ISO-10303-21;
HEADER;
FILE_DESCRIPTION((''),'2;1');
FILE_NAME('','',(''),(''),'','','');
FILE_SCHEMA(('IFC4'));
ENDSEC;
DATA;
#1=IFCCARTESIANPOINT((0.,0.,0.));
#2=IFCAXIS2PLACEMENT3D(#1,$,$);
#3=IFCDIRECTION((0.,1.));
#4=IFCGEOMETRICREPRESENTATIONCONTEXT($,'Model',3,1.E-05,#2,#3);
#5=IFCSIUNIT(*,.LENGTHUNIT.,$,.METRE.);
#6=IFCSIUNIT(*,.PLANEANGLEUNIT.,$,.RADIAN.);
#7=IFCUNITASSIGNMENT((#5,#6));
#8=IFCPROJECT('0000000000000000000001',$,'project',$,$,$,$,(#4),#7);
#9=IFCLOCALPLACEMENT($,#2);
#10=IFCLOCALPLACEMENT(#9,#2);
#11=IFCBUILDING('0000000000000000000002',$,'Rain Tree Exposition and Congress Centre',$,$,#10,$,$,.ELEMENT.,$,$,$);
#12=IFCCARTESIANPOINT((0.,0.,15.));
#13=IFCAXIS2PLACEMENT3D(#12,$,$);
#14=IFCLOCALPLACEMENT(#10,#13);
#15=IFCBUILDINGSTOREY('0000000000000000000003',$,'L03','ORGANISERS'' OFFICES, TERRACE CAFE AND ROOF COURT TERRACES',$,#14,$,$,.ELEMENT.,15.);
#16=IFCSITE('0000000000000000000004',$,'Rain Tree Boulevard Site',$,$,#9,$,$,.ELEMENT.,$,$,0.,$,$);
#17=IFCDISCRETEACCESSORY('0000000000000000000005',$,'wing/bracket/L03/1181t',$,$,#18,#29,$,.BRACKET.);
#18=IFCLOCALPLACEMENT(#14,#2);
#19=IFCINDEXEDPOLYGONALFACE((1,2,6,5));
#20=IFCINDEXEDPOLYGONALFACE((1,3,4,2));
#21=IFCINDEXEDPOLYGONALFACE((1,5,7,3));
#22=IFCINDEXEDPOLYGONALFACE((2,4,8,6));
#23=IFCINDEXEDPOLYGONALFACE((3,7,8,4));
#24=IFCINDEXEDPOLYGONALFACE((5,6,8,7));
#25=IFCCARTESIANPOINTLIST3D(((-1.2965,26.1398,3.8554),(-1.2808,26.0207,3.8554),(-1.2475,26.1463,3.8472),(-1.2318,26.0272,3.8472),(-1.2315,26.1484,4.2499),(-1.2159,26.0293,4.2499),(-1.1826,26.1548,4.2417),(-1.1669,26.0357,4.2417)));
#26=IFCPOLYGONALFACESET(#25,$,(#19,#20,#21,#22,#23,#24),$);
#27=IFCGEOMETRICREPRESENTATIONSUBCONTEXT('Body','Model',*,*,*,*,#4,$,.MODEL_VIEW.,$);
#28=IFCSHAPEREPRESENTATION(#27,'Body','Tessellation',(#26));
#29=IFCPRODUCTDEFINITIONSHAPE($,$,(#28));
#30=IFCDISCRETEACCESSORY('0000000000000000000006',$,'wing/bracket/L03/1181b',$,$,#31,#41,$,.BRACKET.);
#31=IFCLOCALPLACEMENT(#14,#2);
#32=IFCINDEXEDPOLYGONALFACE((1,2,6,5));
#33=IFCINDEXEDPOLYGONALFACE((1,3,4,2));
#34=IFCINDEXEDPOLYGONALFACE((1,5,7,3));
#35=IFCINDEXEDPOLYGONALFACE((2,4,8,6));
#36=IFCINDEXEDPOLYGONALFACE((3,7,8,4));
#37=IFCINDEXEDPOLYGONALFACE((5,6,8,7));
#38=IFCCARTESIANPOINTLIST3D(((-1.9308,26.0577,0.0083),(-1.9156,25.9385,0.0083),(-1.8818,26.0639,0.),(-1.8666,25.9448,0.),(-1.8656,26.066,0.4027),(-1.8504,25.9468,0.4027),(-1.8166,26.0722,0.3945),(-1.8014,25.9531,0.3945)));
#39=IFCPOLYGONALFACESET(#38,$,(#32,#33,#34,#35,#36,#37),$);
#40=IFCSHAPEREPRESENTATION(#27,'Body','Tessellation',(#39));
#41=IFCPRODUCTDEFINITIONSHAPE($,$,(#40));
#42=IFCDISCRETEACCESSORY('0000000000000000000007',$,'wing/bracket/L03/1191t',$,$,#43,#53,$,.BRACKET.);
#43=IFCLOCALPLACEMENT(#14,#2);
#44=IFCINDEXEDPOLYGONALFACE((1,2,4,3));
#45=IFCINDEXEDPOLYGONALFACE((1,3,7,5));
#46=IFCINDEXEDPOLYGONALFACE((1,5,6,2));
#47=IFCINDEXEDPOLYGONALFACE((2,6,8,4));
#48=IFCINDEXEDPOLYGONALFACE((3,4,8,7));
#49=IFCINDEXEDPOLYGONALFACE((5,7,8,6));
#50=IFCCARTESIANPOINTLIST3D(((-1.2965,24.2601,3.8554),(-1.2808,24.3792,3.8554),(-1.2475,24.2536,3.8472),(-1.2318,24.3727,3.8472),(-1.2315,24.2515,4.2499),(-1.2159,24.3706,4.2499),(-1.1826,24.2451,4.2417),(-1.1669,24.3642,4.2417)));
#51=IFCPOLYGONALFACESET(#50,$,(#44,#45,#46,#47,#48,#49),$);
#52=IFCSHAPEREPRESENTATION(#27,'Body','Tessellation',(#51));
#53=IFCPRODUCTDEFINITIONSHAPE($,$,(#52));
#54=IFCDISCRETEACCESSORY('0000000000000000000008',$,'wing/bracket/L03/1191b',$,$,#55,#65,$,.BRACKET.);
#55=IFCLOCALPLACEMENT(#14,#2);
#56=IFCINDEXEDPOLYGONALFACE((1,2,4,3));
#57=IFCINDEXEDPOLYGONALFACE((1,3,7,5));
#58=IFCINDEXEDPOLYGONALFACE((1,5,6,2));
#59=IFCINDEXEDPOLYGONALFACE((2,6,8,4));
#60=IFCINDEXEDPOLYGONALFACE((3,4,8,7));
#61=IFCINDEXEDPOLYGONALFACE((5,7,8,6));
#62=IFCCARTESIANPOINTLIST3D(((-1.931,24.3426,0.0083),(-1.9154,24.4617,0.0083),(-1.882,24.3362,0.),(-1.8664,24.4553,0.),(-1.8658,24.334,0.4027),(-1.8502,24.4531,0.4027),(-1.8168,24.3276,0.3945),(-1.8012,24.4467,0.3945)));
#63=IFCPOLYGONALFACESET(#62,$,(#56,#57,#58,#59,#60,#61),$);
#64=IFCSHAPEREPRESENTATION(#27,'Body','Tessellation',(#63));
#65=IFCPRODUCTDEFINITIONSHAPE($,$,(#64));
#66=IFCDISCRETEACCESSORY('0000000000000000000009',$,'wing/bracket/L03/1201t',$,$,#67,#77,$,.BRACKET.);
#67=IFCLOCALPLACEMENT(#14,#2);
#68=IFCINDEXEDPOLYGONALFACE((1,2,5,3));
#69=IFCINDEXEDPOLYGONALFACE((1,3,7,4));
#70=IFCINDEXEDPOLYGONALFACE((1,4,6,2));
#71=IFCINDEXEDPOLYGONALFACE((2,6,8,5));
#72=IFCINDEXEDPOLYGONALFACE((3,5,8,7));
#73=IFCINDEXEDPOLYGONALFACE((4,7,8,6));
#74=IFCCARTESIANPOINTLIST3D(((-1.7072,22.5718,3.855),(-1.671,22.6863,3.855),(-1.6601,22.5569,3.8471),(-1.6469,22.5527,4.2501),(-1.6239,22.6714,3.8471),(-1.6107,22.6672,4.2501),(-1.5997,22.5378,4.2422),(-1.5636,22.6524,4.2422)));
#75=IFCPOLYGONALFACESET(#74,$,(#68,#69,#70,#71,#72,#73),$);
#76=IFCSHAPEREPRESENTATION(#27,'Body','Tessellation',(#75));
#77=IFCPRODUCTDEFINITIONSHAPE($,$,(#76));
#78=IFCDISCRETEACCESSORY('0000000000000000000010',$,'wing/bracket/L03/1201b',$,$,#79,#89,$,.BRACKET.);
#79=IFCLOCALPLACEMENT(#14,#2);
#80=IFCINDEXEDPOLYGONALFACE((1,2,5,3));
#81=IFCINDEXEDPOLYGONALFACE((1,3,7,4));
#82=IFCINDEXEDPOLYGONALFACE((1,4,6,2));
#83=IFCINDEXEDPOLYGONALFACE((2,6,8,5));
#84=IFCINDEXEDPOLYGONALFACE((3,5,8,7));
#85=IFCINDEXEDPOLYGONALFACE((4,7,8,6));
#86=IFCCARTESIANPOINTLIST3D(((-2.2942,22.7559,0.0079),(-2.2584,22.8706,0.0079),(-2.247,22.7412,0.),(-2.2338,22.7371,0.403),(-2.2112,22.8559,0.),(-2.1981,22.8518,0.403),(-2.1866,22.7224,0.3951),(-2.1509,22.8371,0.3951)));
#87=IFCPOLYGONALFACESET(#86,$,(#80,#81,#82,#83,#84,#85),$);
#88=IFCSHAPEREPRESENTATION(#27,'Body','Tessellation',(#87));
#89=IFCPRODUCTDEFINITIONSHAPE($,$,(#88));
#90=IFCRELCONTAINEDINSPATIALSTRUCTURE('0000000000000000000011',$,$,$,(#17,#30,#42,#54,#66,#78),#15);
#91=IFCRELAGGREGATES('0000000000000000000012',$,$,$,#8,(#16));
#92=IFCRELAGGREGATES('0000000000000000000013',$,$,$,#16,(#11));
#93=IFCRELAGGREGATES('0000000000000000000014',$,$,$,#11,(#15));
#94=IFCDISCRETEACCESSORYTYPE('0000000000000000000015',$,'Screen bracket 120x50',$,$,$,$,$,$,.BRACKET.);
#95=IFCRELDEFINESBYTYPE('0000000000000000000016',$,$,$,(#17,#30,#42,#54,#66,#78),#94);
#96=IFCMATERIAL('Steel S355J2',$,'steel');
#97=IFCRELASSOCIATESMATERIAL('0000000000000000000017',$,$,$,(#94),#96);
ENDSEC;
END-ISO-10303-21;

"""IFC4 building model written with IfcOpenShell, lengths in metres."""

from ifc_helpers import new_model, si_unit, direction, frame, origin, origin_2d, place, context, subcontext, project, spatial, rectangle, extrude, material, material_profile, profile_set, type_object, element, save


model = new_model("IFC4")

# Units and contexts
model_context = context("Model", 3, precision=1e-05, world=origin(), true_north=direction((0.0, 1.0)))
body_context = subcontext(model_context, "Body", "Model", "MODEL_VIEW")
ifc_project = project(units=[si_unit("LENGTHUNIT", "METRE"), si_unit("PLANEANGLEUNIT", "RADIAN")], contexts=[model_context])

# Site, building, storey
site_placement = place(None, origin())
site = spatial("IfcSite", under=ifc_project, at=site_placement, Name="Rain Tree Boulevard Site", CompositionType="ELEMENT", RefElevation=0.0)
building_placement = place(site_placement, origin())
building = spatial("IfcBuilding", under=site, at=building_placement, Name="Rain Tree Exposition and Congress Centre", CompositionType="ELEMENT")
storey_placement = place(building_placement, frame((0.0, 0.0, 15.0)))
storey = spatial("IfcBuildingStorey", under=building, at=storey_placement, Name="L03", Description="ORGANISERS' OFFICES, TERRACE CAFE AND ROOF COURT TERRACES", CompositionType="ELEMENT", Elevation=15.0)

# Discrete accessories
ifc_material_1 = material(Name="Steel S355J2", Category="steel")
ifc_material_profile_1 = material_profile(ifc_material_1, rectangle(XDim=0.1201, YDim=0.05, at=origin_2d()), Name="Flat bar 120x50")
ifc_profile_set_1 = profile_set([ifc_material_profile_1], Name="Steel S355J2")
discrete_accessory_type = type_object("IfcDiscreteAccessoryType", Name="Screen bracket 120x50", PredefinedType="BRACKET", material=ifc_profile_set_1)
for number, where, z_axis, x_axis, name in (
    (1, (-1.2642, 26.0835, 3.8513), (0.162381, 0.021366, 0.986497), (-0.130455, 0.991454, 0.0), "wing/bracket/L03/1181t"),
    (2, (-1.8987, 26.0012, 0.0042), (0.162978, 0.020754, 0.986411), (-0.126321, 0.991989, 0.0), "wing/bracket/L03/1181b"),
    (3, (-1.2642, 24.3164, 3.8513), (0.162381, -0.021366, 0.986497), (0.130455, 0.991454, 0.0), "wing/bracket/L03/1191t"),
    (4, (-1.8987, 24.3989, 0.0042), (0.162976, -0.021364, 0.986399), (0.129974, 0.991517, 0.0), "wing/bracket/L03/1191b"),
):
    element("IfcDiscreteAccessory", number, at=place(storey_placement, frame(where, z_axis=z_axis, x_axis=x_axis)), inside=storey, type_object=discrete_accessory_type, Name=name, PredefinedType="BRACKET", context=body_context, shape_type="SweptSolid", body=[
        extrude(rectangle(XDim=0.1201, YDim=0.05, at=origin_2d()), origin(), (0.0, 0.0, 1.0), 0.3999),
    ])
for number, where, z_axis, x_axis, name in (
    (5, (-1.6655, 22.6216, 3.8511), (0.150738, -0.047602, 0.987427), (0.301131, 0.953583, 0.0), "wing/bracket/L03/1201t"),
    (6, (-2.2527, 22.8059, 0.0039), (0.150743, -0.046993, 0.987456), (0.297615, 0.954686, 0.0), "wing/bracket/L03/1201b"),
):
    element("IfcDiscreteAccessory", number, at=place(storey_placement, frame(where, z_axis=z_axis, x_axis=x_axis)), inside=storey, type_object=discrete_accessory_type, Name=name, PredefinedType="BRACKET", context=body_context, shape_type="SweptSolid", body=[
        extrude(rectangle(XDim=0.1201, YDim=0.05, at=origin_2d()), origin(), (0.0, 0.0, 1.0), 0.4001),
    ])

save(model, "model.ifc")
